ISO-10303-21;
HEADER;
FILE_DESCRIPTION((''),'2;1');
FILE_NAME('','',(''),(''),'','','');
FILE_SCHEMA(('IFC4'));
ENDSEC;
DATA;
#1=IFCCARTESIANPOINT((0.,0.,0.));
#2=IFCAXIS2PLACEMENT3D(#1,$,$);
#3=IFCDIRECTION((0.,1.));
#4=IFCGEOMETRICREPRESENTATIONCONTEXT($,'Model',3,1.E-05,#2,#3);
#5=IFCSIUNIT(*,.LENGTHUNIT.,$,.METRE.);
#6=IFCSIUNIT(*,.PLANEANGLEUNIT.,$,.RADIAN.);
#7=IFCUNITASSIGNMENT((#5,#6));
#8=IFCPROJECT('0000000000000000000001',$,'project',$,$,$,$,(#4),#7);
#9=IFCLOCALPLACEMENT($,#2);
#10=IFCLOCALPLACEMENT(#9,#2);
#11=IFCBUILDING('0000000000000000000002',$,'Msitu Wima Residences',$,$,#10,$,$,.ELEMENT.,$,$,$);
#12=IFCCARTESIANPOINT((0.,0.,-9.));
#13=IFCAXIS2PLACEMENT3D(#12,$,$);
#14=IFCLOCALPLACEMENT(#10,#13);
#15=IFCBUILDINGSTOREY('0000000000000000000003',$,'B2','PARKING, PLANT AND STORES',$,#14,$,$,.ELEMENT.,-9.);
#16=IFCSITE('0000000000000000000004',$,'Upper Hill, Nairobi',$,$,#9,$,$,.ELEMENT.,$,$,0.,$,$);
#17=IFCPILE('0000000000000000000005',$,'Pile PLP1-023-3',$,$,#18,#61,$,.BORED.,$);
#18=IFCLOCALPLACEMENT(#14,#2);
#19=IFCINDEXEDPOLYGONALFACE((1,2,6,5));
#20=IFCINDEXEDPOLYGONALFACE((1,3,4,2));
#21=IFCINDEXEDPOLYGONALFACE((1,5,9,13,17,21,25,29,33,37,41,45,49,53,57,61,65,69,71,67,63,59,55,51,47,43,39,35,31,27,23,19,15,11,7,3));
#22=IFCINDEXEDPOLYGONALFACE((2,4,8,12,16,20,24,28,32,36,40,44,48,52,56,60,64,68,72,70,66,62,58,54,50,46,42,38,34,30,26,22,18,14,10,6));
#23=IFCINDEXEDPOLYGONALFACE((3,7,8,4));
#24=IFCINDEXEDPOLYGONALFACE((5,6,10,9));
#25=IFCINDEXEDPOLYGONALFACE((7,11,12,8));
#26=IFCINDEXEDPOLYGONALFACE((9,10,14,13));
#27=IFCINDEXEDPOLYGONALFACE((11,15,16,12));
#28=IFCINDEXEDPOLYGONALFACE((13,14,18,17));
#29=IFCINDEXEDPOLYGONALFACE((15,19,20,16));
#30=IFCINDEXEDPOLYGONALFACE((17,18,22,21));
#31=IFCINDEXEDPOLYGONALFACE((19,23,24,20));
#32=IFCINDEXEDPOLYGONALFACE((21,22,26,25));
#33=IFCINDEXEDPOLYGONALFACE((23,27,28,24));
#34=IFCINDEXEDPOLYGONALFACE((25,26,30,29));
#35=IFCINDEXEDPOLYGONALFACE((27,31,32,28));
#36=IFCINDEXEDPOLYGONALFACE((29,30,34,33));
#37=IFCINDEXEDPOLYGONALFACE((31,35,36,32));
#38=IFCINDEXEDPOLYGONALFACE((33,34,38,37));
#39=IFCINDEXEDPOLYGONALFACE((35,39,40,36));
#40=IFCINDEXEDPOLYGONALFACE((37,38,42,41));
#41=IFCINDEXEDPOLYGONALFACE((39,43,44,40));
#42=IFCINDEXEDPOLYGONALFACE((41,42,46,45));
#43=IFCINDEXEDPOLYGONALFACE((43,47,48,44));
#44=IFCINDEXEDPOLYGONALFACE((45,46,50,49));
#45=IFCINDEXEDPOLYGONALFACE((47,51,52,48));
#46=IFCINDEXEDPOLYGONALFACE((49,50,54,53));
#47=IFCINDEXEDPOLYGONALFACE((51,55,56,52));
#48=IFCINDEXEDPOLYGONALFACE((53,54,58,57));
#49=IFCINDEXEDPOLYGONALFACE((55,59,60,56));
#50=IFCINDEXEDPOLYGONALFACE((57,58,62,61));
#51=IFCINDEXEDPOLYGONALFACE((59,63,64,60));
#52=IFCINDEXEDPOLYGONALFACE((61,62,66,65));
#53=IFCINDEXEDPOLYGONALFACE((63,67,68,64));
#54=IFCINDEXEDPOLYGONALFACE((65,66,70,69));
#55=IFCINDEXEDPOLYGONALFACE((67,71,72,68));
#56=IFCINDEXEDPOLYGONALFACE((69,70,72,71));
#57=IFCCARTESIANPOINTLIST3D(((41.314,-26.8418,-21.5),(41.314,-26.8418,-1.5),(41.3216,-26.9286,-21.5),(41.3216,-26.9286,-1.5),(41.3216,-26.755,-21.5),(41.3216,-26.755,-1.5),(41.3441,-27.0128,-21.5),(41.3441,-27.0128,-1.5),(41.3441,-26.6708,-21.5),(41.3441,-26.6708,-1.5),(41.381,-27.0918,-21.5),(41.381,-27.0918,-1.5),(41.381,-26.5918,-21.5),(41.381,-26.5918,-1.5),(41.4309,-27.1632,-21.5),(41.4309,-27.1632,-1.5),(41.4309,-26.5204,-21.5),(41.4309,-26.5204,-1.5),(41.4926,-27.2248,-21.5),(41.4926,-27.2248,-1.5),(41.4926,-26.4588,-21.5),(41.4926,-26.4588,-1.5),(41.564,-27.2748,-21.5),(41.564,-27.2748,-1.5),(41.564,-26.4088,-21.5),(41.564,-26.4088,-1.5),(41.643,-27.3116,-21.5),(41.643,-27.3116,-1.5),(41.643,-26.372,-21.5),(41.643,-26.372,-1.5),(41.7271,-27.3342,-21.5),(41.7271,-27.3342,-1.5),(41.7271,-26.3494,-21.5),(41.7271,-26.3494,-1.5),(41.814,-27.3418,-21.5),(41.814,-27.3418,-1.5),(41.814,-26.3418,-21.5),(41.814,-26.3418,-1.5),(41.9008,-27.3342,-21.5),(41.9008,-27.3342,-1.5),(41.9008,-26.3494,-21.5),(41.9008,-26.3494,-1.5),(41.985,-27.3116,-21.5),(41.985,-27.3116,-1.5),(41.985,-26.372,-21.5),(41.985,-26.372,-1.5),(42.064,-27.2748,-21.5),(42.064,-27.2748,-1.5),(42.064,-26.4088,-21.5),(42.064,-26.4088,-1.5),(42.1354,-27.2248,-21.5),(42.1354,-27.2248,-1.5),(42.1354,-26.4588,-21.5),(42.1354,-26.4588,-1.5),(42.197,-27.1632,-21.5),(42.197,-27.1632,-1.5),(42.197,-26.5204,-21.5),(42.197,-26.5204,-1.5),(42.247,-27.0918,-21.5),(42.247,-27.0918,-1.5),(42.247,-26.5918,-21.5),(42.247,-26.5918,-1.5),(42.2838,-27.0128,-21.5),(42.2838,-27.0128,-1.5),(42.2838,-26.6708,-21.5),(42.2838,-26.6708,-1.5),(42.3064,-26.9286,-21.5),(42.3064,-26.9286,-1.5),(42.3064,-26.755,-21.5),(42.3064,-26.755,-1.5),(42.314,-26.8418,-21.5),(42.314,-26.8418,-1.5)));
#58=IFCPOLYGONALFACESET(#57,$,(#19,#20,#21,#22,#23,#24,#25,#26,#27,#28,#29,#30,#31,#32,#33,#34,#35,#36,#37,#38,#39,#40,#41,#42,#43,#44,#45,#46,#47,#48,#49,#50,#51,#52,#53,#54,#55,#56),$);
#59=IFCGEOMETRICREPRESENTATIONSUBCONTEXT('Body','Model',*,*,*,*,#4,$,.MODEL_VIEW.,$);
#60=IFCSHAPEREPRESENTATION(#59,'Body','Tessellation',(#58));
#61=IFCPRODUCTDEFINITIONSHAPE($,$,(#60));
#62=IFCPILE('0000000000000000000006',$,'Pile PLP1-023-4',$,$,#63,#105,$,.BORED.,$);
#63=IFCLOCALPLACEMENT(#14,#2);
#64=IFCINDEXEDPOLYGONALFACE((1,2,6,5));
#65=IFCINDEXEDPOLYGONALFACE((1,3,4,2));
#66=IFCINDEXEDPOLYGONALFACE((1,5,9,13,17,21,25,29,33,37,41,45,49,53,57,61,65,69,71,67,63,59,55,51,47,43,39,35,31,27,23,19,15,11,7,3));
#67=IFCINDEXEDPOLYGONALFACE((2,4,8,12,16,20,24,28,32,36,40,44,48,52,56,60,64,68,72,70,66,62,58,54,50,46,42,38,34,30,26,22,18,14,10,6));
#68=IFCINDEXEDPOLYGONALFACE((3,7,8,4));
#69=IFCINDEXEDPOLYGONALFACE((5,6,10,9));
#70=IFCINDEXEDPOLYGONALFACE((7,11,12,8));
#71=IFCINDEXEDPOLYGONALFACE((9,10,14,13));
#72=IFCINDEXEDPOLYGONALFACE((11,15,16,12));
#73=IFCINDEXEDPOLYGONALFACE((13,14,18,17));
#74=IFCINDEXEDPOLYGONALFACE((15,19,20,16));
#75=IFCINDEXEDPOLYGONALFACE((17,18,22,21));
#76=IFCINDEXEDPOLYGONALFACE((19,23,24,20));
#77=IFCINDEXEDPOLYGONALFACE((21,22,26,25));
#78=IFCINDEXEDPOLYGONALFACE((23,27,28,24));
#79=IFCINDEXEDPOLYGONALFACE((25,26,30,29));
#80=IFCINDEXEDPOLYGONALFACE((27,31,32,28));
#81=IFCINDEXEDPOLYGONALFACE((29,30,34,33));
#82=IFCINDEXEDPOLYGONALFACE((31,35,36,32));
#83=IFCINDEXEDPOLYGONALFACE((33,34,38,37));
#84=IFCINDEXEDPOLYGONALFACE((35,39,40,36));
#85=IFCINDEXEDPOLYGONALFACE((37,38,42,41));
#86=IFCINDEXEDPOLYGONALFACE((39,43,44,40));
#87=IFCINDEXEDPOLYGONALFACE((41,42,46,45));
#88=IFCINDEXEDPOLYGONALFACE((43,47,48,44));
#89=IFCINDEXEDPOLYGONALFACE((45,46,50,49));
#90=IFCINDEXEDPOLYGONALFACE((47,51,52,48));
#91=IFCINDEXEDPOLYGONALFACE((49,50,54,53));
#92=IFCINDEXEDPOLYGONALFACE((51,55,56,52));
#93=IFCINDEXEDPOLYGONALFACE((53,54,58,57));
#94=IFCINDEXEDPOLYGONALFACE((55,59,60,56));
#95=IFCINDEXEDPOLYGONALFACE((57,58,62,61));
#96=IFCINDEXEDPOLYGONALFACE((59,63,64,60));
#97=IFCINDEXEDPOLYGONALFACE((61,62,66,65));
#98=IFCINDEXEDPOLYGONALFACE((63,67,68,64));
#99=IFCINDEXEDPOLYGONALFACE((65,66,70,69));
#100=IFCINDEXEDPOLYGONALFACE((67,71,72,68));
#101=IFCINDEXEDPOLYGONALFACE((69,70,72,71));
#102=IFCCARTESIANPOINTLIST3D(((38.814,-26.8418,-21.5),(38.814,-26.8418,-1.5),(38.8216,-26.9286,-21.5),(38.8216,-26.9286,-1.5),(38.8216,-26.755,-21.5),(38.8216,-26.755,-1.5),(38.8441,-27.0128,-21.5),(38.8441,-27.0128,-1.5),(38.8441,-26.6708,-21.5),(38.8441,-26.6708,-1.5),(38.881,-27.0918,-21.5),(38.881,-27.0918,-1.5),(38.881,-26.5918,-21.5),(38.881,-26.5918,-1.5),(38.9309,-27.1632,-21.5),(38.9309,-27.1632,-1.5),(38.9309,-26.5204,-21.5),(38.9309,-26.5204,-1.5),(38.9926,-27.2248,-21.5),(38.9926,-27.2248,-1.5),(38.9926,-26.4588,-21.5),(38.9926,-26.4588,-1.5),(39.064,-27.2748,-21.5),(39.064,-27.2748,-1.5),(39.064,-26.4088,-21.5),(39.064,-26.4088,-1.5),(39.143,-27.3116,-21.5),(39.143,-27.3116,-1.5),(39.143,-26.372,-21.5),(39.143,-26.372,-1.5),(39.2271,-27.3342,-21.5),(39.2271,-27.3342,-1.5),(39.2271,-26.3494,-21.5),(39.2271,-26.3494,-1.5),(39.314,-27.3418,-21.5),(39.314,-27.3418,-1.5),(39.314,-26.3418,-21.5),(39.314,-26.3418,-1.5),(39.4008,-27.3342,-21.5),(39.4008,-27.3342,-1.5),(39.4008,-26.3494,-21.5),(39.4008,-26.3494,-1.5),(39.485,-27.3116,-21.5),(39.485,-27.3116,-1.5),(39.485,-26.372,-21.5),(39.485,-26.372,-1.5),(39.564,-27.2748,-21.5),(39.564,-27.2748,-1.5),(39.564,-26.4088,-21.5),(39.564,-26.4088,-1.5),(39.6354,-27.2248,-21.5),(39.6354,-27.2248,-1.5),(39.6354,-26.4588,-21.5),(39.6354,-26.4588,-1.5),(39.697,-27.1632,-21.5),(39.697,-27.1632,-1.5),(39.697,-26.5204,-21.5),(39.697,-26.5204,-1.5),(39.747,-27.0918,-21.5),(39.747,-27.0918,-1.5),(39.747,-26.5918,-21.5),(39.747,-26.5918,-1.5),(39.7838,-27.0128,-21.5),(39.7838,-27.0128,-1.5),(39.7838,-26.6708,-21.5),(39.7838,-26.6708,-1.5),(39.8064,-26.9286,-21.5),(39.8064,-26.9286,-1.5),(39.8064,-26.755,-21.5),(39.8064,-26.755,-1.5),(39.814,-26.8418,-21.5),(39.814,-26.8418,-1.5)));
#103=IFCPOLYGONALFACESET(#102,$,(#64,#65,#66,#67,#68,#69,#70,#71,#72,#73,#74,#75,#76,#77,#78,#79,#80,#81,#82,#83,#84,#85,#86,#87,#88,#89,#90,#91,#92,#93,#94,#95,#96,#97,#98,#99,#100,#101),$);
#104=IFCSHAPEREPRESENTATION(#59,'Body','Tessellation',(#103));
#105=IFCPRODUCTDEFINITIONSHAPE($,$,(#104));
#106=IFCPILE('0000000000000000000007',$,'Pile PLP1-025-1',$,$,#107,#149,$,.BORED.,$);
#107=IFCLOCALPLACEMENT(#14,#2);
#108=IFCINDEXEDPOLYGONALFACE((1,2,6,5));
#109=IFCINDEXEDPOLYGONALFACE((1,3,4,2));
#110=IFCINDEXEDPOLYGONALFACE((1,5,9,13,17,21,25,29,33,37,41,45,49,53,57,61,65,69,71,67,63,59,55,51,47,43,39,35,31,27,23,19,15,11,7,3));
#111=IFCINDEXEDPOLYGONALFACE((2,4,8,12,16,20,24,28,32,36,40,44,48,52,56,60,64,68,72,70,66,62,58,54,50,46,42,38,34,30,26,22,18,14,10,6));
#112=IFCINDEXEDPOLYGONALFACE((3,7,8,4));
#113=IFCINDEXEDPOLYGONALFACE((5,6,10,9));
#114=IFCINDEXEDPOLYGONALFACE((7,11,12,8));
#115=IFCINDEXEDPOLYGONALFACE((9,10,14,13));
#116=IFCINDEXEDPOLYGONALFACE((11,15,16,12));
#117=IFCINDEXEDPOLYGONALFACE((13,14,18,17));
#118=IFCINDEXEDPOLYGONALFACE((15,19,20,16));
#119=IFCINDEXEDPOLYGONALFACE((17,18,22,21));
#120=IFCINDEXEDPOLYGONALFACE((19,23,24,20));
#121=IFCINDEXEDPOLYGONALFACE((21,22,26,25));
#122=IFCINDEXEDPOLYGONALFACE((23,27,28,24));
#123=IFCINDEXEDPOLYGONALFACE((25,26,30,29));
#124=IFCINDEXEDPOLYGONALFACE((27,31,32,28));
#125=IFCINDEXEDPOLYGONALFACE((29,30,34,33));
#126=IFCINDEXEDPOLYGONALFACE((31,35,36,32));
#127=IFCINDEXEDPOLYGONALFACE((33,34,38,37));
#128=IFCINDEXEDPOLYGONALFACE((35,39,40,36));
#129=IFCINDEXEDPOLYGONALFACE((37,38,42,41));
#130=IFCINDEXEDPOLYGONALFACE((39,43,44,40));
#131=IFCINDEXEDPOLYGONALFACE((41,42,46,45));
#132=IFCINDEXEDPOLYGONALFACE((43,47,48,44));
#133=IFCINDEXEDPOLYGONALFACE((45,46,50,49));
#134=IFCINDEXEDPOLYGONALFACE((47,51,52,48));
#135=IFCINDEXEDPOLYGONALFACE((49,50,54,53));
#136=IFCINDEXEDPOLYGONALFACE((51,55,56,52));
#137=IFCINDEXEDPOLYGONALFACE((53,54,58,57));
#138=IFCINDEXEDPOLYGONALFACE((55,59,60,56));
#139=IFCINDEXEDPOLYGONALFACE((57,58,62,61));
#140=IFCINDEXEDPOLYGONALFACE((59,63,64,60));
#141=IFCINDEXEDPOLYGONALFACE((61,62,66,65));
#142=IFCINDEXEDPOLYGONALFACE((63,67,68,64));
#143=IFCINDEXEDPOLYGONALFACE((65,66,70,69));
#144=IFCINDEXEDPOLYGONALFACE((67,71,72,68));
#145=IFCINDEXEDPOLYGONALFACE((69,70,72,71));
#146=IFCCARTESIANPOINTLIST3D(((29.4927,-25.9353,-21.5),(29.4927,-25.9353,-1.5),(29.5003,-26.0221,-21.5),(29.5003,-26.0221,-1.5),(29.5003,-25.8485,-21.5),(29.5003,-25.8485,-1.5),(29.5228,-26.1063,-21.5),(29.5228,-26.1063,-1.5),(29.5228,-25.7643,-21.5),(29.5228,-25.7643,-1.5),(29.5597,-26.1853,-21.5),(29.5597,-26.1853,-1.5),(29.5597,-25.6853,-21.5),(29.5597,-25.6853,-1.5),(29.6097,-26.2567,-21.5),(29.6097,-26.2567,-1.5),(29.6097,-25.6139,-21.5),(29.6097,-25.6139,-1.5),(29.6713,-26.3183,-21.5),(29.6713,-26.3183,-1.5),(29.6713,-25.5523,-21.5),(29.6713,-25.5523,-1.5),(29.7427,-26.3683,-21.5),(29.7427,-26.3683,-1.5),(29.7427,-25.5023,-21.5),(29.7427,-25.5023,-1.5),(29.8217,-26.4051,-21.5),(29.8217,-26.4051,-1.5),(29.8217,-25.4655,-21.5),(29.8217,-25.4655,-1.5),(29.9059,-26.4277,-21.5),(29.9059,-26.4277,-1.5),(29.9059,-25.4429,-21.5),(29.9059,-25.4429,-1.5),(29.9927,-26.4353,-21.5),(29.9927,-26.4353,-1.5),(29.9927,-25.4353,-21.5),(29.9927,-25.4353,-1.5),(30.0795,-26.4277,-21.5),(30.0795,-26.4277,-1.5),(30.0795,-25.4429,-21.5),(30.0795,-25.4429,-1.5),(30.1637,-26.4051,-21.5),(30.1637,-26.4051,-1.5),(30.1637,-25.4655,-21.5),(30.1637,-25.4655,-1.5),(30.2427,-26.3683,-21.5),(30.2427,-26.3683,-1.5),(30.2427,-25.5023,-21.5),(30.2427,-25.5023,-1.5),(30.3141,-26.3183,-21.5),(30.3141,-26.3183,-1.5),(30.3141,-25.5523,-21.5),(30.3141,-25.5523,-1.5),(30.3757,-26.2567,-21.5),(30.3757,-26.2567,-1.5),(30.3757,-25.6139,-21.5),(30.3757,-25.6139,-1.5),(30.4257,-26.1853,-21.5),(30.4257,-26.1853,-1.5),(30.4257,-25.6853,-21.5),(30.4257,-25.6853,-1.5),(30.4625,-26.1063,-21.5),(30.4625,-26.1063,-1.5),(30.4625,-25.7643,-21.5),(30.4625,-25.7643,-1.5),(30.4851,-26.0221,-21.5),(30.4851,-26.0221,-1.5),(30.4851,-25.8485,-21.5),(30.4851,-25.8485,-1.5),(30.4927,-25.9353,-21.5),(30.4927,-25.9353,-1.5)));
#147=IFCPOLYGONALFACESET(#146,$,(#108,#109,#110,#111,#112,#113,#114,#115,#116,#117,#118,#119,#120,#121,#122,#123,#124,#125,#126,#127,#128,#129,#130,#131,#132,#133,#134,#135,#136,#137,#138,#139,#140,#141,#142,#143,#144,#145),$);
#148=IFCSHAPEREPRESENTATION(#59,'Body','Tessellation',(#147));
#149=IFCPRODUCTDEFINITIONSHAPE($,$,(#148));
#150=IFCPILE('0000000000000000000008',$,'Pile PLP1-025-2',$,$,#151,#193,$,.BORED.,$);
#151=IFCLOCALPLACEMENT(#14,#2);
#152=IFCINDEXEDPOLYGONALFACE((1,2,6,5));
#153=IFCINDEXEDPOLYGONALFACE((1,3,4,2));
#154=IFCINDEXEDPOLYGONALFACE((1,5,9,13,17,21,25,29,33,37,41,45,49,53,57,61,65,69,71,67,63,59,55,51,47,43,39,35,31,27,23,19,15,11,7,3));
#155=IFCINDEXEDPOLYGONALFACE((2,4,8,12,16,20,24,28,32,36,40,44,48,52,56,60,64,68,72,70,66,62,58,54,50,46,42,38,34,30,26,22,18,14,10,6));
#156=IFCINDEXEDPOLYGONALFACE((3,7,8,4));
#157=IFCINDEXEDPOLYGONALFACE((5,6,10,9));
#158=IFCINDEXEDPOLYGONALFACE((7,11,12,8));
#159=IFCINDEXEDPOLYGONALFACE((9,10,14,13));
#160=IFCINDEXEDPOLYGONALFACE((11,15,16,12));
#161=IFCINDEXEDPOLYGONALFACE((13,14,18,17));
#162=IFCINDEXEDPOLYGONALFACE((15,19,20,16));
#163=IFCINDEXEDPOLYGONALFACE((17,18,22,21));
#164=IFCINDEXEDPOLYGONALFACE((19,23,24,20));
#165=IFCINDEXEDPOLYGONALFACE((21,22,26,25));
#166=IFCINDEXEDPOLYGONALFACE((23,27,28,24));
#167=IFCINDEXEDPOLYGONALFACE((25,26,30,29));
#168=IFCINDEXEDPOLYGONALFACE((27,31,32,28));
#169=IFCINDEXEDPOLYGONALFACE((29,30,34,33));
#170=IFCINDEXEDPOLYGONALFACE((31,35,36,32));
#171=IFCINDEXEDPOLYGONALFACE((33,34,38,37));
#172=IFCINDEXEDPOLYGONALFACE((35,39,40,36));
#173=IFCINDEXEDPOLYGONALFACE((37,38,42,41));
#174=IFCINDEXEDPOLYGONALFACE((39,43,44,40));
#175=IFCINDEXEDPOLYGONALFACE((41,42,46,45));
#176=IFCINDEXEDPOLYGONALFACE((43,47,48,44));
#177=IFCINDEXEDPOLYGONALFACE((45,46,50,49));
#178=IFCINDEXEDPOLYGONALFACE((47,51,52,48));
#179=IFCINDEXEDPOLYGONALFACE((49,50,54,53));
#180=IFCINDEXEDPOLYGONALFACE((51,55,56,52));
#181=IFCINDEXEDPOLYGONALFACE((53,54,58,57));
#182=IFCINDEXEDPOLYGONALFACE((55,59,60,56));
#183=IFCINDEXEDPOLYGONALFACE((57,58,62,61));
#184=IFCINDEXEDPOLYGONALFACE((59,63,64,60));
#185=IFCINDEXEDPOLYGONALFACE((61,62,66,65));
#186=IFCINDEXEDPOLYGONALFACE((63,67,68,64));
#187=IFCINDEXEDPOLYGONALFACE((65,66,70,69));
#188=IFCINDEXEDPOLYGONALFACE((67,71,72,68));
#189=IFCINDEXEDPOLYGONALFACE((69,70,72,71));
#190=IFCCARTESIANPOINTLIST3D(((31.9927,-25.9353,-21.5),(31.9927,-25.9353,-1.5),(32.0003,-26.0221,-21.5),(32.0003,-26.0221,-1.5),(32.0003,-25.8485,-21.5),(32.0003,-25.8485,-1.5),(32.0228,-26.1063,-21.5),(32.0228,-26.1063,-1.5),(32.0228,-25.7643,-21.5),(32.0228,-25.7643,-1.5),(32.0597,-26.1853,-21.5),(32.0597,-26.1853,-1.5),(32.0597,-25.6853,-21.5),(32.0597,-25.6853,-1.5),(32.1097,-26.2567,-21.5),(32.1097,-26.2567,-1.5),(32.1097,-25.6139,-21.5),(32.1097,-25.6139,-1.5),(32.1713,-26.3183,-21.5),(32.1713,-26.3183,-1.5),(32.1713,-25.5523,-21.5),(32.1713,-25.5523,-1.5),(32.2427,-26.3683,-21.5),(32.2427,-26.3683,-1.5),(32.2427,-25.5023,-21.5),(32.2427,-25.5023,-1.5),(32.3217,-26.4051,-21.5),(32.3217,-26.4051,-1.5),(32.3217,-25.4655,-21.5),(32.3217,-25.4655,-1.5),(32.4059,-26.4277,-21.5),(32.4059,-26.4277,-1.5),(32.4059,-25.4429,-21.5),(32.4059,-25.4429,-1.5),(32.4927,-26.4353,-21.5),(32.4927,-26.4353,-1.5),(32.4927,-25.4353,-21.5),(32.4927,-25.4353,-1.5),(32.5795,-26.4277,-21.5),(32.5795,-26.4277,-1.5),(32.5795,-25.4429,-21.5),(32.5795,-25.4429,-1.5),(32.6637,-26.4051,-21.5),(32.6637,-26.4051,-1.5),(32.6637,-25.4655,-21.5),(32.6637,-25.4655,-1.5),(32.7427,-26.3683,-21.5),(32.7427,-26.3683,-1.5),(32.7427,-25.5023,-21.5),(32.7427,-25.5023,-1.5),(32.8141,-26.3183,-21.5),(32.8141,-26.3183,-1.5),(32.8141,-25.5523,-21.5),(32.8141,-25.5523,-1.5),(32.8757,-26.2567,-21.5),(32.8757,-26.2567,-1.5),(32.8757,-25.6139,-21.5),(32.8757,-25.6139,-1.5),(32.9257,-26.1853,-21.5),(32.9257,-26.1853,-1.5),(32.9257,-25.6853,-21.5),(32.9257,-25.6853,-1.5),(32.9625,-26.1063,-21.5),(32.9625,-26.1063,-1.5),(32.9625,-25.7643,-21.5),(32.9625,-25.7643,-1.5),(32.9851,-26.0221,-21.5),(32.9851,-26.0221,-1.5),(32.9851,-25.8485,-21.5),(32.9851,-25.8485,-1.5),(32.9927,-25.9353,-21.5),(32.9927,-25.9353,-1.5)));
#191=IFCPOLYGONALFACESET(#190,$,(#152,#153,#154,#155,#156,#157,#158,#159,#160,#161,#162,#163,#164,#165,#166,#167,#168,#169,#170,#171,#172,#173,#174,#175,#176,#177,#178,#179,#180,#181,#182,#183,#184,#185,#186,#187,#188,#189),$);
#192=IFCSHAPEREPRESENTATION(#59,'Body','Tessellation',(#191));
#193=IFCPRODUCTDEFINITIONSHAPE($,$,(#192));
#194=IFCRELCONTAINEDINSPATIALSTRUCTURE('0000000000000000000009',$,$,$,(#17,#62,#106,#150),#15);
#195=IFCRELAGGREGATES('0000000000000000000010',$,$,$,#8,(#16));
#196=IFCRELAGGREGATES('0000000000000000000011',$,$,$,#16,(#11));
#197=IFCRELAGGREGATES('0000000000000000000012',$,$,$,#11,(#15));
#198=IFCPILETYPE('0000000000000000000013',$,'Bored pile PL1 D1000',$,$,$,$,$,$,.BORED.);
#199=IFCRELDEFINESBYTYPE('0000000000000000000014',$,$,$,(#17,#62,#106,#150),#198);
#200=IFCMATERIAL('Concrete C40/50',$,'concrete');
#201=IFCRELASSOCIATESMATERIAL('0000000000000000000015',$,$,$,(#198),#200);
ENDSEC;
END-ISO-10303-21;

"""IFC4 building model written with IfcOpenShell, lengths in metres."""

from ifc_helpers import new_model, si_unit, direction, frame, origin, origin_2d, place, context, subcontext, project, spatial, circle, extrude, material, type_object, element, save


model = new_model("IFC4")

# Units and contexts
model_context = context("Model", 3, precision=1e-05, world=origin(), true_north=direction((0.0, 1.0)))
body_context = subcontext(model_context, "Body", "Model", "MODEL_VIEW")
ifc_project = project(units=[si_unit("LENGTHUNIT", "METRE"), si_unit("PLANEANGLEUNIT", "RADIAN")], contexts=[model_context])

# Site, building, storey
site_placement = place(None, origin())
site = spatial("IfcSite", under=ifc_project, at=site_placement, Name="Upper Hill, Nairobi", CompositionType="ELEMENT", RefElevation=0.0)
building_placement = place(site_placement, origin())
building = spatial("IfcBuilding", under=site, at=building_placement, Name="Msitu Wima Residences", CompositionType="ELEMENT")
storey_placement = place(building_placement, frame((0.0, 0.0, -9.0)))
storey = spatial("IfcBuildingStorey", under=building, at=storey_placement, Name="B2", Description="PARKING, PLANT AND STORES", CompositionType="ELEMENT", Elevation=-9.0)

# Piles
ifc_material_1 = material(Name="Concrete C40/50", Category="concrete")
pile_type_1 = type_object("IfcPileType", Name="Bored pile PL1 D1000", PredefinedType="BORED", material=ifc_material_1)
for number, where, z_axis, x_axis, name in (
    (1, (41.814, -26.8418, -1.5), (0.0, 0.0, -1.0), (1.0, 0.0, 0.0), "Pile PLP1-023-3"),
    (2, (39.314, -26.8418, -1.5), (0.0, 0.0, -1.0), (1.0, 0.0, 0.0), "Pile PLP1-023-4"),
    (3, (29.9927, -25.9353, -1.5), (0.0, 0.0, -1.0), (1.0, 0.0, 0.0), "Pile PLP1-025-1"),
    (4, (32.4927, -25.9353, -1.5), (0.0, 0.0, -1.0), (1.0, 0.0, 0.0), "Pile PLP1-025-2"),
):
    element("IfcPile", number, at=place(storey_placement, frame(where, z_axis=z_axis, x_axis=x_axis)), inside=storey, type_object=pile_type_1, Name=name, PredefinedType="BORED", context=body_context, shape_type="SweptSolid", body=[
        extrude(circle(Radius=0.5, at=origin_2d()), origin(), (0.0, 0.0, 1.0), 20.0),
    ])

save(model, "model.ifc")
